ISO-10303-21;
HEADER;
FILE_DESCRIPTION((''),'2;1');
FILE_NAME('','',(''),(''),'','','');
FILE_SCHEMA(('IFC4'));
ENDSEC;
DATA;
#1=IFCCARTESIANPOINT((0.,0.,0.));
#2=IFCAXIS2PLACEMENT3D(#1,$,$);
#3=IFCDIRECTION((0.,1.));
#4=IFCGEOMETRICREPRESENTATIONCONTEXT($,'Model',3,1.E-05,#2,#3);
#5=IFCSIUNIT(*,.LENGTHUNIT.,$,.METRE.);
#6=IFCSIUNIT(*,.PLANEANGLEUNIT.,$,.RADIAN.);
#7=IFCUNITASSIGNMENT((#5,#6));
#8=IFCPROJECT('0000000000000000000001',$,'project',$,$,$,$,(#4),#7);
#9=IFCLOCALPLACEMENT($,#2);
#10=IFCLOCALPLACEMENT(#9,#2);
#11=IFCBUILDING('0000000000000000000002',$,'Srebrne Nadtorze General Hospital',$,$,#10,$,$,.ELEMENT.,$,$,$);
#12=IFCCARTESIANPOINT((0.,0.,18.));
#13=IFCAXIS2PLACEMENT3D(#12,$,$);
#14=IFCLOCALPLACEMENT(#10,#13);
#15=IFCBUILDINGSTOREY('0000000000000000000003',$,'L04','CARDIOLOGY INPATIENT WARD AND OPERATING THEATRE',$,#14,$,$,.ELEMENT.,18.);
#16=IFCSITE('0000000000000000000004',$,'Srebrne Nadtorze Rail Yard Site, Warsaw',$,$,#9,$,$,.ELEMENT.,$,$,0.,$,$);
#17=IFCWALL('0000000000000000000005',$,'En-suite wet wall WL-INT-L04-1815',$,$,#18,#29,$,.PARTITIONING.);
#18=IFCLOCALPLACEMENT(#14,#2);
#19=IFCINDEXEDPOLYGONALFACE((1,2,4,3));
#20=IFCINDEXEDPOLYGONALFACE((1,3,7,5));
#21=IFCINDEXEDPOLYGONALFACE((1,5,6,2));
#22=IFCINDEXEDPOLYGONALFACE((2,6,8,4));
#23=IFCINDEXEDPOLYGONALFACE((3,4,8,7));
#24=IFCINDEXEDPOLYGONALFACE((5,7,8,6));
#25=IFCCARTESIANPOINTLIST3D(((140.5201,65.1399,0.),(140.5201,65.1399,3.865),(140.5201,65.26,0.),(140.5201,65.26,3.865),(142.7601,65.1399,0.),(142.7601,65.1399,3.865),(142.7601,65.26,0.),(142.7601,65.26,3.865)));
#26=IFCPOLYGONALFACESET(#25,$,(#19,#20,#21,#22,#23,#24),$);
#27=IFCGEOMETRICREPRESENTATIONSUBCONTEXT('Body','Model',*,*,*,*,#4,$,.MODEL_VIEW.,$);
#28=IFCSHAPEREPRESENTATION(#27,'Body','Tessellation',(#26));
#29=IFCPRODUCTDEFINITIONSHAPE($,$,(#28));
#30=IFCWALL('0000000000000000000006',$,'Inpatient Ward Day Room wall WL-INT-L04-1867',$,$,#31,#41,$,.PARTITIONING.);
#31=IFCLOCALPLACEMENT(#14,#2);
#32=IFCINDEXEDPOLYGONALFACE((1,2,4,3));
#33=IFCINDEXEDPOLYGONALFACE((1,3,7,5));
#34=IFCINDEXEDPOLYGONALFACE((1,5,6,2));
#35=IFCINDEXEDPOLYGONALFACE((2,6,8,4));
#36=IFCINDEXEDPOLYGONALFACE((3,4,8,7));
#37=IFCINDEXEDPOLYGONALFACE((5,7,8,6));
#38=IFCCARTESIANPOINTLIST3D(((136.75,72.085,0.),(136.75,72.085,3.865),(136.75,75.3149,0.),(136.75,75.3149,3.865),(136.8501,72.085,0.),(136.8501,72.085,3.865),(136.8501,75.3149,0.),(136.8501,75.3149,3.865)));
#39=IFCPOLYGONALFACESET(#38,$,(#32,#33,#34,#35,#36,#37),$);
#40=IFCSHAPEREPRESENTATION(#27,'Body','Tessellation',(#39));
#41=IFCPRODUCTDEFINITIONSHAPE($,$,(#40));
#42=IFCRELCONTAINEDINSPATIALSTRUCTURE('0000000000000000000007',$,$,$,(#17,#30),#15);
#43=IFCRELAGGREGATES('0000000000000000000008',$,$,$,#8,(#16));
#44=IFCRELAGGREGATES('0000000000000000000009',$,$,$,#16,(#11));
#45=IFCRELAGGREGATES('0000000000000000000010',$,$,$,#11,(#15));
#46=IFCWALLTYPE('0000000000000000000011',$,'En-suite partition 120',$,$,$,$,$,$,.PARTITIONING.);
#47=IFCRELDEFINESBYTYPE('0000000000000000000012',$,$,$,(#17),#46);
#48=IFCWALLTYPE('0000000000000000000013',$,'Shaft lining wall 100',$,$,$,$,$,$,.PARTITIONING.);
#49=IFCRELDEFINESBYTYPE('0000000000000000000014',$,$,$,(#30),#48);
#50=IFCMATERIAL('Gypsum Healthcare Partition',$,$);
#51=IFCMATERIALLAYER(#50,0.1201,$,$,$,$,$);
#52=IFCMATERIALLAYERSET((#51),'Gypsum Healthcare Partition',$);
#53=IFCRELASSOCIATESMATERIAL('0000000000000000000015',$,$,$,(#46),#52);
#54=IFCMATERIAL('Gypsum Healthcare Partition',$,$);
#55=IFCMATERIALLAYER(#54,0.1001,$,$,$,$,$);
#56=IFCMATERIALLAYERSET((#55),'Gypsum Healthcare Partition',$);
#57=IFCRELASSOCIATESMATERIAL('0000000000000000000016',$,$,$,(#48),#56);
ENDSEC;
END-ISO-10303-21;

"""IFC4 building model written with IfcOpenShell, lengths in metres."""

from ifc_helpers import new_model, si_unit, direction, frame, frame_2d, origin, place, context, subcontext, project, spatial, rectangle, extrude, material, layer, layer_set, type_object, element, save


model = new_model("IFC4")

# Units and contexts
model_context = context("Model", 3, precision=1e-05, world=origin(), true_north=direction((0.0, 1.0)))
body_context = subcontext(model_context, "Body", "Model", "MODEL_VIEW")
ifc_project = project(units=[si_unit("LENGTHUNIT", "METRE"), si_unit("PLANEANGLEUNIT", "RADIAN")], contexts=[model_context])

# Site, building, storey
site_placement = place(None, origin())
site = spatial("IfcSite", under=ifc_project, at=site_placement, Name="Srebrne Nadtorze Rail Yard Site, Warsaw", CompositionType="ELEMENT", RefElevation=0.0)
building_placement = place(site_placement, origin())
building = spatial("IfcBuilding", under=site, at=building_placement, Name="Srebrne Nadtorze General Hospital", CompositionType="ELEMENT")
storey_placement = place(building_placement, frame((0.0, 0.0, 18.0)))
storey = spatial("IfcBuildingStorey", under=building, at=storey_placement, Name="L04", Description="CARDIOLOGY INPATIENT WARD AND OPERATING THEATRE", CompositionType="ELEMENT", Elevation=18.0)

# Walls
ifc_material_1 = material(Name="Gypsum Healthcare Partition")
ifc_layer_1 = layer(ifc_material_1, 0.1201)
ifc_layer_set_1 = layer_set([ifc_layer_1], Name="Gypsum Healthcare Partition")
wall_type_1 = type_object("IfcWallType", Name="En-suite partition 120", PredefinedType="PARTITIONING", material=ifc_layer_set_1)
wall_1_placement = place(storey_placement, frame((140.52, 65.2, 0.0), z_axis=(0.0, 0.0, 1.0), x_axis=(1.0, 0.0, 0.0)))
element("IfcWall", 1, at=wall_1_placement, inside=storey, type_object=wall_type_1, Name="En-suite wet wall WL-INT-L04-1815", PredefinedType="PARTITIONING", context=body_context, shape_type="SweptSolid", body=[
    extrude(rectangle(XDim=2.24, YDim=0.1201, at=frame_2d((1.1201, 0.0))), origin(), (0.0, 0.0, 1.0), 3.865),
])
ifc_material_2 = material(Name="Gypsum Healthcare Partition")
ifc_layer_2 = layer(ifc_material_2, 0.1001)
ifc_layer_set_2 = layer_set([ifc_layer_2], Name="Gypsum Healthcare Partition")
wall_type_2 = type_object("IfcWallType", Name="Shaft lining wall 100", PredefinedType="PARTITIONING", material=ifc_layer_set_2)
wall_2_placement = place(storey_placement, frame((136.8, 72.085, 0.0), z_axis=(0.0, 0.0, 1.0), x_axis=(0.0, 1.0, 0.0)))
element("IfcWall", 2, at=wall_2_placement, inside=storey, type_object=wall_type_2, Name="Inpatient Ward Day Room wall WL-INT-L04-1867", PredefinedType="PARTITIONING", context=body_context, shape_type="SweptSolid", body=[
    extrude(rectangle(XDim=3.23, YDim=0.1001, at=frame_2d((1.615, 0.0))), origin(), (0.0, 0.0, 1.0), 3.865),
])

save(model, "model.ifc")
